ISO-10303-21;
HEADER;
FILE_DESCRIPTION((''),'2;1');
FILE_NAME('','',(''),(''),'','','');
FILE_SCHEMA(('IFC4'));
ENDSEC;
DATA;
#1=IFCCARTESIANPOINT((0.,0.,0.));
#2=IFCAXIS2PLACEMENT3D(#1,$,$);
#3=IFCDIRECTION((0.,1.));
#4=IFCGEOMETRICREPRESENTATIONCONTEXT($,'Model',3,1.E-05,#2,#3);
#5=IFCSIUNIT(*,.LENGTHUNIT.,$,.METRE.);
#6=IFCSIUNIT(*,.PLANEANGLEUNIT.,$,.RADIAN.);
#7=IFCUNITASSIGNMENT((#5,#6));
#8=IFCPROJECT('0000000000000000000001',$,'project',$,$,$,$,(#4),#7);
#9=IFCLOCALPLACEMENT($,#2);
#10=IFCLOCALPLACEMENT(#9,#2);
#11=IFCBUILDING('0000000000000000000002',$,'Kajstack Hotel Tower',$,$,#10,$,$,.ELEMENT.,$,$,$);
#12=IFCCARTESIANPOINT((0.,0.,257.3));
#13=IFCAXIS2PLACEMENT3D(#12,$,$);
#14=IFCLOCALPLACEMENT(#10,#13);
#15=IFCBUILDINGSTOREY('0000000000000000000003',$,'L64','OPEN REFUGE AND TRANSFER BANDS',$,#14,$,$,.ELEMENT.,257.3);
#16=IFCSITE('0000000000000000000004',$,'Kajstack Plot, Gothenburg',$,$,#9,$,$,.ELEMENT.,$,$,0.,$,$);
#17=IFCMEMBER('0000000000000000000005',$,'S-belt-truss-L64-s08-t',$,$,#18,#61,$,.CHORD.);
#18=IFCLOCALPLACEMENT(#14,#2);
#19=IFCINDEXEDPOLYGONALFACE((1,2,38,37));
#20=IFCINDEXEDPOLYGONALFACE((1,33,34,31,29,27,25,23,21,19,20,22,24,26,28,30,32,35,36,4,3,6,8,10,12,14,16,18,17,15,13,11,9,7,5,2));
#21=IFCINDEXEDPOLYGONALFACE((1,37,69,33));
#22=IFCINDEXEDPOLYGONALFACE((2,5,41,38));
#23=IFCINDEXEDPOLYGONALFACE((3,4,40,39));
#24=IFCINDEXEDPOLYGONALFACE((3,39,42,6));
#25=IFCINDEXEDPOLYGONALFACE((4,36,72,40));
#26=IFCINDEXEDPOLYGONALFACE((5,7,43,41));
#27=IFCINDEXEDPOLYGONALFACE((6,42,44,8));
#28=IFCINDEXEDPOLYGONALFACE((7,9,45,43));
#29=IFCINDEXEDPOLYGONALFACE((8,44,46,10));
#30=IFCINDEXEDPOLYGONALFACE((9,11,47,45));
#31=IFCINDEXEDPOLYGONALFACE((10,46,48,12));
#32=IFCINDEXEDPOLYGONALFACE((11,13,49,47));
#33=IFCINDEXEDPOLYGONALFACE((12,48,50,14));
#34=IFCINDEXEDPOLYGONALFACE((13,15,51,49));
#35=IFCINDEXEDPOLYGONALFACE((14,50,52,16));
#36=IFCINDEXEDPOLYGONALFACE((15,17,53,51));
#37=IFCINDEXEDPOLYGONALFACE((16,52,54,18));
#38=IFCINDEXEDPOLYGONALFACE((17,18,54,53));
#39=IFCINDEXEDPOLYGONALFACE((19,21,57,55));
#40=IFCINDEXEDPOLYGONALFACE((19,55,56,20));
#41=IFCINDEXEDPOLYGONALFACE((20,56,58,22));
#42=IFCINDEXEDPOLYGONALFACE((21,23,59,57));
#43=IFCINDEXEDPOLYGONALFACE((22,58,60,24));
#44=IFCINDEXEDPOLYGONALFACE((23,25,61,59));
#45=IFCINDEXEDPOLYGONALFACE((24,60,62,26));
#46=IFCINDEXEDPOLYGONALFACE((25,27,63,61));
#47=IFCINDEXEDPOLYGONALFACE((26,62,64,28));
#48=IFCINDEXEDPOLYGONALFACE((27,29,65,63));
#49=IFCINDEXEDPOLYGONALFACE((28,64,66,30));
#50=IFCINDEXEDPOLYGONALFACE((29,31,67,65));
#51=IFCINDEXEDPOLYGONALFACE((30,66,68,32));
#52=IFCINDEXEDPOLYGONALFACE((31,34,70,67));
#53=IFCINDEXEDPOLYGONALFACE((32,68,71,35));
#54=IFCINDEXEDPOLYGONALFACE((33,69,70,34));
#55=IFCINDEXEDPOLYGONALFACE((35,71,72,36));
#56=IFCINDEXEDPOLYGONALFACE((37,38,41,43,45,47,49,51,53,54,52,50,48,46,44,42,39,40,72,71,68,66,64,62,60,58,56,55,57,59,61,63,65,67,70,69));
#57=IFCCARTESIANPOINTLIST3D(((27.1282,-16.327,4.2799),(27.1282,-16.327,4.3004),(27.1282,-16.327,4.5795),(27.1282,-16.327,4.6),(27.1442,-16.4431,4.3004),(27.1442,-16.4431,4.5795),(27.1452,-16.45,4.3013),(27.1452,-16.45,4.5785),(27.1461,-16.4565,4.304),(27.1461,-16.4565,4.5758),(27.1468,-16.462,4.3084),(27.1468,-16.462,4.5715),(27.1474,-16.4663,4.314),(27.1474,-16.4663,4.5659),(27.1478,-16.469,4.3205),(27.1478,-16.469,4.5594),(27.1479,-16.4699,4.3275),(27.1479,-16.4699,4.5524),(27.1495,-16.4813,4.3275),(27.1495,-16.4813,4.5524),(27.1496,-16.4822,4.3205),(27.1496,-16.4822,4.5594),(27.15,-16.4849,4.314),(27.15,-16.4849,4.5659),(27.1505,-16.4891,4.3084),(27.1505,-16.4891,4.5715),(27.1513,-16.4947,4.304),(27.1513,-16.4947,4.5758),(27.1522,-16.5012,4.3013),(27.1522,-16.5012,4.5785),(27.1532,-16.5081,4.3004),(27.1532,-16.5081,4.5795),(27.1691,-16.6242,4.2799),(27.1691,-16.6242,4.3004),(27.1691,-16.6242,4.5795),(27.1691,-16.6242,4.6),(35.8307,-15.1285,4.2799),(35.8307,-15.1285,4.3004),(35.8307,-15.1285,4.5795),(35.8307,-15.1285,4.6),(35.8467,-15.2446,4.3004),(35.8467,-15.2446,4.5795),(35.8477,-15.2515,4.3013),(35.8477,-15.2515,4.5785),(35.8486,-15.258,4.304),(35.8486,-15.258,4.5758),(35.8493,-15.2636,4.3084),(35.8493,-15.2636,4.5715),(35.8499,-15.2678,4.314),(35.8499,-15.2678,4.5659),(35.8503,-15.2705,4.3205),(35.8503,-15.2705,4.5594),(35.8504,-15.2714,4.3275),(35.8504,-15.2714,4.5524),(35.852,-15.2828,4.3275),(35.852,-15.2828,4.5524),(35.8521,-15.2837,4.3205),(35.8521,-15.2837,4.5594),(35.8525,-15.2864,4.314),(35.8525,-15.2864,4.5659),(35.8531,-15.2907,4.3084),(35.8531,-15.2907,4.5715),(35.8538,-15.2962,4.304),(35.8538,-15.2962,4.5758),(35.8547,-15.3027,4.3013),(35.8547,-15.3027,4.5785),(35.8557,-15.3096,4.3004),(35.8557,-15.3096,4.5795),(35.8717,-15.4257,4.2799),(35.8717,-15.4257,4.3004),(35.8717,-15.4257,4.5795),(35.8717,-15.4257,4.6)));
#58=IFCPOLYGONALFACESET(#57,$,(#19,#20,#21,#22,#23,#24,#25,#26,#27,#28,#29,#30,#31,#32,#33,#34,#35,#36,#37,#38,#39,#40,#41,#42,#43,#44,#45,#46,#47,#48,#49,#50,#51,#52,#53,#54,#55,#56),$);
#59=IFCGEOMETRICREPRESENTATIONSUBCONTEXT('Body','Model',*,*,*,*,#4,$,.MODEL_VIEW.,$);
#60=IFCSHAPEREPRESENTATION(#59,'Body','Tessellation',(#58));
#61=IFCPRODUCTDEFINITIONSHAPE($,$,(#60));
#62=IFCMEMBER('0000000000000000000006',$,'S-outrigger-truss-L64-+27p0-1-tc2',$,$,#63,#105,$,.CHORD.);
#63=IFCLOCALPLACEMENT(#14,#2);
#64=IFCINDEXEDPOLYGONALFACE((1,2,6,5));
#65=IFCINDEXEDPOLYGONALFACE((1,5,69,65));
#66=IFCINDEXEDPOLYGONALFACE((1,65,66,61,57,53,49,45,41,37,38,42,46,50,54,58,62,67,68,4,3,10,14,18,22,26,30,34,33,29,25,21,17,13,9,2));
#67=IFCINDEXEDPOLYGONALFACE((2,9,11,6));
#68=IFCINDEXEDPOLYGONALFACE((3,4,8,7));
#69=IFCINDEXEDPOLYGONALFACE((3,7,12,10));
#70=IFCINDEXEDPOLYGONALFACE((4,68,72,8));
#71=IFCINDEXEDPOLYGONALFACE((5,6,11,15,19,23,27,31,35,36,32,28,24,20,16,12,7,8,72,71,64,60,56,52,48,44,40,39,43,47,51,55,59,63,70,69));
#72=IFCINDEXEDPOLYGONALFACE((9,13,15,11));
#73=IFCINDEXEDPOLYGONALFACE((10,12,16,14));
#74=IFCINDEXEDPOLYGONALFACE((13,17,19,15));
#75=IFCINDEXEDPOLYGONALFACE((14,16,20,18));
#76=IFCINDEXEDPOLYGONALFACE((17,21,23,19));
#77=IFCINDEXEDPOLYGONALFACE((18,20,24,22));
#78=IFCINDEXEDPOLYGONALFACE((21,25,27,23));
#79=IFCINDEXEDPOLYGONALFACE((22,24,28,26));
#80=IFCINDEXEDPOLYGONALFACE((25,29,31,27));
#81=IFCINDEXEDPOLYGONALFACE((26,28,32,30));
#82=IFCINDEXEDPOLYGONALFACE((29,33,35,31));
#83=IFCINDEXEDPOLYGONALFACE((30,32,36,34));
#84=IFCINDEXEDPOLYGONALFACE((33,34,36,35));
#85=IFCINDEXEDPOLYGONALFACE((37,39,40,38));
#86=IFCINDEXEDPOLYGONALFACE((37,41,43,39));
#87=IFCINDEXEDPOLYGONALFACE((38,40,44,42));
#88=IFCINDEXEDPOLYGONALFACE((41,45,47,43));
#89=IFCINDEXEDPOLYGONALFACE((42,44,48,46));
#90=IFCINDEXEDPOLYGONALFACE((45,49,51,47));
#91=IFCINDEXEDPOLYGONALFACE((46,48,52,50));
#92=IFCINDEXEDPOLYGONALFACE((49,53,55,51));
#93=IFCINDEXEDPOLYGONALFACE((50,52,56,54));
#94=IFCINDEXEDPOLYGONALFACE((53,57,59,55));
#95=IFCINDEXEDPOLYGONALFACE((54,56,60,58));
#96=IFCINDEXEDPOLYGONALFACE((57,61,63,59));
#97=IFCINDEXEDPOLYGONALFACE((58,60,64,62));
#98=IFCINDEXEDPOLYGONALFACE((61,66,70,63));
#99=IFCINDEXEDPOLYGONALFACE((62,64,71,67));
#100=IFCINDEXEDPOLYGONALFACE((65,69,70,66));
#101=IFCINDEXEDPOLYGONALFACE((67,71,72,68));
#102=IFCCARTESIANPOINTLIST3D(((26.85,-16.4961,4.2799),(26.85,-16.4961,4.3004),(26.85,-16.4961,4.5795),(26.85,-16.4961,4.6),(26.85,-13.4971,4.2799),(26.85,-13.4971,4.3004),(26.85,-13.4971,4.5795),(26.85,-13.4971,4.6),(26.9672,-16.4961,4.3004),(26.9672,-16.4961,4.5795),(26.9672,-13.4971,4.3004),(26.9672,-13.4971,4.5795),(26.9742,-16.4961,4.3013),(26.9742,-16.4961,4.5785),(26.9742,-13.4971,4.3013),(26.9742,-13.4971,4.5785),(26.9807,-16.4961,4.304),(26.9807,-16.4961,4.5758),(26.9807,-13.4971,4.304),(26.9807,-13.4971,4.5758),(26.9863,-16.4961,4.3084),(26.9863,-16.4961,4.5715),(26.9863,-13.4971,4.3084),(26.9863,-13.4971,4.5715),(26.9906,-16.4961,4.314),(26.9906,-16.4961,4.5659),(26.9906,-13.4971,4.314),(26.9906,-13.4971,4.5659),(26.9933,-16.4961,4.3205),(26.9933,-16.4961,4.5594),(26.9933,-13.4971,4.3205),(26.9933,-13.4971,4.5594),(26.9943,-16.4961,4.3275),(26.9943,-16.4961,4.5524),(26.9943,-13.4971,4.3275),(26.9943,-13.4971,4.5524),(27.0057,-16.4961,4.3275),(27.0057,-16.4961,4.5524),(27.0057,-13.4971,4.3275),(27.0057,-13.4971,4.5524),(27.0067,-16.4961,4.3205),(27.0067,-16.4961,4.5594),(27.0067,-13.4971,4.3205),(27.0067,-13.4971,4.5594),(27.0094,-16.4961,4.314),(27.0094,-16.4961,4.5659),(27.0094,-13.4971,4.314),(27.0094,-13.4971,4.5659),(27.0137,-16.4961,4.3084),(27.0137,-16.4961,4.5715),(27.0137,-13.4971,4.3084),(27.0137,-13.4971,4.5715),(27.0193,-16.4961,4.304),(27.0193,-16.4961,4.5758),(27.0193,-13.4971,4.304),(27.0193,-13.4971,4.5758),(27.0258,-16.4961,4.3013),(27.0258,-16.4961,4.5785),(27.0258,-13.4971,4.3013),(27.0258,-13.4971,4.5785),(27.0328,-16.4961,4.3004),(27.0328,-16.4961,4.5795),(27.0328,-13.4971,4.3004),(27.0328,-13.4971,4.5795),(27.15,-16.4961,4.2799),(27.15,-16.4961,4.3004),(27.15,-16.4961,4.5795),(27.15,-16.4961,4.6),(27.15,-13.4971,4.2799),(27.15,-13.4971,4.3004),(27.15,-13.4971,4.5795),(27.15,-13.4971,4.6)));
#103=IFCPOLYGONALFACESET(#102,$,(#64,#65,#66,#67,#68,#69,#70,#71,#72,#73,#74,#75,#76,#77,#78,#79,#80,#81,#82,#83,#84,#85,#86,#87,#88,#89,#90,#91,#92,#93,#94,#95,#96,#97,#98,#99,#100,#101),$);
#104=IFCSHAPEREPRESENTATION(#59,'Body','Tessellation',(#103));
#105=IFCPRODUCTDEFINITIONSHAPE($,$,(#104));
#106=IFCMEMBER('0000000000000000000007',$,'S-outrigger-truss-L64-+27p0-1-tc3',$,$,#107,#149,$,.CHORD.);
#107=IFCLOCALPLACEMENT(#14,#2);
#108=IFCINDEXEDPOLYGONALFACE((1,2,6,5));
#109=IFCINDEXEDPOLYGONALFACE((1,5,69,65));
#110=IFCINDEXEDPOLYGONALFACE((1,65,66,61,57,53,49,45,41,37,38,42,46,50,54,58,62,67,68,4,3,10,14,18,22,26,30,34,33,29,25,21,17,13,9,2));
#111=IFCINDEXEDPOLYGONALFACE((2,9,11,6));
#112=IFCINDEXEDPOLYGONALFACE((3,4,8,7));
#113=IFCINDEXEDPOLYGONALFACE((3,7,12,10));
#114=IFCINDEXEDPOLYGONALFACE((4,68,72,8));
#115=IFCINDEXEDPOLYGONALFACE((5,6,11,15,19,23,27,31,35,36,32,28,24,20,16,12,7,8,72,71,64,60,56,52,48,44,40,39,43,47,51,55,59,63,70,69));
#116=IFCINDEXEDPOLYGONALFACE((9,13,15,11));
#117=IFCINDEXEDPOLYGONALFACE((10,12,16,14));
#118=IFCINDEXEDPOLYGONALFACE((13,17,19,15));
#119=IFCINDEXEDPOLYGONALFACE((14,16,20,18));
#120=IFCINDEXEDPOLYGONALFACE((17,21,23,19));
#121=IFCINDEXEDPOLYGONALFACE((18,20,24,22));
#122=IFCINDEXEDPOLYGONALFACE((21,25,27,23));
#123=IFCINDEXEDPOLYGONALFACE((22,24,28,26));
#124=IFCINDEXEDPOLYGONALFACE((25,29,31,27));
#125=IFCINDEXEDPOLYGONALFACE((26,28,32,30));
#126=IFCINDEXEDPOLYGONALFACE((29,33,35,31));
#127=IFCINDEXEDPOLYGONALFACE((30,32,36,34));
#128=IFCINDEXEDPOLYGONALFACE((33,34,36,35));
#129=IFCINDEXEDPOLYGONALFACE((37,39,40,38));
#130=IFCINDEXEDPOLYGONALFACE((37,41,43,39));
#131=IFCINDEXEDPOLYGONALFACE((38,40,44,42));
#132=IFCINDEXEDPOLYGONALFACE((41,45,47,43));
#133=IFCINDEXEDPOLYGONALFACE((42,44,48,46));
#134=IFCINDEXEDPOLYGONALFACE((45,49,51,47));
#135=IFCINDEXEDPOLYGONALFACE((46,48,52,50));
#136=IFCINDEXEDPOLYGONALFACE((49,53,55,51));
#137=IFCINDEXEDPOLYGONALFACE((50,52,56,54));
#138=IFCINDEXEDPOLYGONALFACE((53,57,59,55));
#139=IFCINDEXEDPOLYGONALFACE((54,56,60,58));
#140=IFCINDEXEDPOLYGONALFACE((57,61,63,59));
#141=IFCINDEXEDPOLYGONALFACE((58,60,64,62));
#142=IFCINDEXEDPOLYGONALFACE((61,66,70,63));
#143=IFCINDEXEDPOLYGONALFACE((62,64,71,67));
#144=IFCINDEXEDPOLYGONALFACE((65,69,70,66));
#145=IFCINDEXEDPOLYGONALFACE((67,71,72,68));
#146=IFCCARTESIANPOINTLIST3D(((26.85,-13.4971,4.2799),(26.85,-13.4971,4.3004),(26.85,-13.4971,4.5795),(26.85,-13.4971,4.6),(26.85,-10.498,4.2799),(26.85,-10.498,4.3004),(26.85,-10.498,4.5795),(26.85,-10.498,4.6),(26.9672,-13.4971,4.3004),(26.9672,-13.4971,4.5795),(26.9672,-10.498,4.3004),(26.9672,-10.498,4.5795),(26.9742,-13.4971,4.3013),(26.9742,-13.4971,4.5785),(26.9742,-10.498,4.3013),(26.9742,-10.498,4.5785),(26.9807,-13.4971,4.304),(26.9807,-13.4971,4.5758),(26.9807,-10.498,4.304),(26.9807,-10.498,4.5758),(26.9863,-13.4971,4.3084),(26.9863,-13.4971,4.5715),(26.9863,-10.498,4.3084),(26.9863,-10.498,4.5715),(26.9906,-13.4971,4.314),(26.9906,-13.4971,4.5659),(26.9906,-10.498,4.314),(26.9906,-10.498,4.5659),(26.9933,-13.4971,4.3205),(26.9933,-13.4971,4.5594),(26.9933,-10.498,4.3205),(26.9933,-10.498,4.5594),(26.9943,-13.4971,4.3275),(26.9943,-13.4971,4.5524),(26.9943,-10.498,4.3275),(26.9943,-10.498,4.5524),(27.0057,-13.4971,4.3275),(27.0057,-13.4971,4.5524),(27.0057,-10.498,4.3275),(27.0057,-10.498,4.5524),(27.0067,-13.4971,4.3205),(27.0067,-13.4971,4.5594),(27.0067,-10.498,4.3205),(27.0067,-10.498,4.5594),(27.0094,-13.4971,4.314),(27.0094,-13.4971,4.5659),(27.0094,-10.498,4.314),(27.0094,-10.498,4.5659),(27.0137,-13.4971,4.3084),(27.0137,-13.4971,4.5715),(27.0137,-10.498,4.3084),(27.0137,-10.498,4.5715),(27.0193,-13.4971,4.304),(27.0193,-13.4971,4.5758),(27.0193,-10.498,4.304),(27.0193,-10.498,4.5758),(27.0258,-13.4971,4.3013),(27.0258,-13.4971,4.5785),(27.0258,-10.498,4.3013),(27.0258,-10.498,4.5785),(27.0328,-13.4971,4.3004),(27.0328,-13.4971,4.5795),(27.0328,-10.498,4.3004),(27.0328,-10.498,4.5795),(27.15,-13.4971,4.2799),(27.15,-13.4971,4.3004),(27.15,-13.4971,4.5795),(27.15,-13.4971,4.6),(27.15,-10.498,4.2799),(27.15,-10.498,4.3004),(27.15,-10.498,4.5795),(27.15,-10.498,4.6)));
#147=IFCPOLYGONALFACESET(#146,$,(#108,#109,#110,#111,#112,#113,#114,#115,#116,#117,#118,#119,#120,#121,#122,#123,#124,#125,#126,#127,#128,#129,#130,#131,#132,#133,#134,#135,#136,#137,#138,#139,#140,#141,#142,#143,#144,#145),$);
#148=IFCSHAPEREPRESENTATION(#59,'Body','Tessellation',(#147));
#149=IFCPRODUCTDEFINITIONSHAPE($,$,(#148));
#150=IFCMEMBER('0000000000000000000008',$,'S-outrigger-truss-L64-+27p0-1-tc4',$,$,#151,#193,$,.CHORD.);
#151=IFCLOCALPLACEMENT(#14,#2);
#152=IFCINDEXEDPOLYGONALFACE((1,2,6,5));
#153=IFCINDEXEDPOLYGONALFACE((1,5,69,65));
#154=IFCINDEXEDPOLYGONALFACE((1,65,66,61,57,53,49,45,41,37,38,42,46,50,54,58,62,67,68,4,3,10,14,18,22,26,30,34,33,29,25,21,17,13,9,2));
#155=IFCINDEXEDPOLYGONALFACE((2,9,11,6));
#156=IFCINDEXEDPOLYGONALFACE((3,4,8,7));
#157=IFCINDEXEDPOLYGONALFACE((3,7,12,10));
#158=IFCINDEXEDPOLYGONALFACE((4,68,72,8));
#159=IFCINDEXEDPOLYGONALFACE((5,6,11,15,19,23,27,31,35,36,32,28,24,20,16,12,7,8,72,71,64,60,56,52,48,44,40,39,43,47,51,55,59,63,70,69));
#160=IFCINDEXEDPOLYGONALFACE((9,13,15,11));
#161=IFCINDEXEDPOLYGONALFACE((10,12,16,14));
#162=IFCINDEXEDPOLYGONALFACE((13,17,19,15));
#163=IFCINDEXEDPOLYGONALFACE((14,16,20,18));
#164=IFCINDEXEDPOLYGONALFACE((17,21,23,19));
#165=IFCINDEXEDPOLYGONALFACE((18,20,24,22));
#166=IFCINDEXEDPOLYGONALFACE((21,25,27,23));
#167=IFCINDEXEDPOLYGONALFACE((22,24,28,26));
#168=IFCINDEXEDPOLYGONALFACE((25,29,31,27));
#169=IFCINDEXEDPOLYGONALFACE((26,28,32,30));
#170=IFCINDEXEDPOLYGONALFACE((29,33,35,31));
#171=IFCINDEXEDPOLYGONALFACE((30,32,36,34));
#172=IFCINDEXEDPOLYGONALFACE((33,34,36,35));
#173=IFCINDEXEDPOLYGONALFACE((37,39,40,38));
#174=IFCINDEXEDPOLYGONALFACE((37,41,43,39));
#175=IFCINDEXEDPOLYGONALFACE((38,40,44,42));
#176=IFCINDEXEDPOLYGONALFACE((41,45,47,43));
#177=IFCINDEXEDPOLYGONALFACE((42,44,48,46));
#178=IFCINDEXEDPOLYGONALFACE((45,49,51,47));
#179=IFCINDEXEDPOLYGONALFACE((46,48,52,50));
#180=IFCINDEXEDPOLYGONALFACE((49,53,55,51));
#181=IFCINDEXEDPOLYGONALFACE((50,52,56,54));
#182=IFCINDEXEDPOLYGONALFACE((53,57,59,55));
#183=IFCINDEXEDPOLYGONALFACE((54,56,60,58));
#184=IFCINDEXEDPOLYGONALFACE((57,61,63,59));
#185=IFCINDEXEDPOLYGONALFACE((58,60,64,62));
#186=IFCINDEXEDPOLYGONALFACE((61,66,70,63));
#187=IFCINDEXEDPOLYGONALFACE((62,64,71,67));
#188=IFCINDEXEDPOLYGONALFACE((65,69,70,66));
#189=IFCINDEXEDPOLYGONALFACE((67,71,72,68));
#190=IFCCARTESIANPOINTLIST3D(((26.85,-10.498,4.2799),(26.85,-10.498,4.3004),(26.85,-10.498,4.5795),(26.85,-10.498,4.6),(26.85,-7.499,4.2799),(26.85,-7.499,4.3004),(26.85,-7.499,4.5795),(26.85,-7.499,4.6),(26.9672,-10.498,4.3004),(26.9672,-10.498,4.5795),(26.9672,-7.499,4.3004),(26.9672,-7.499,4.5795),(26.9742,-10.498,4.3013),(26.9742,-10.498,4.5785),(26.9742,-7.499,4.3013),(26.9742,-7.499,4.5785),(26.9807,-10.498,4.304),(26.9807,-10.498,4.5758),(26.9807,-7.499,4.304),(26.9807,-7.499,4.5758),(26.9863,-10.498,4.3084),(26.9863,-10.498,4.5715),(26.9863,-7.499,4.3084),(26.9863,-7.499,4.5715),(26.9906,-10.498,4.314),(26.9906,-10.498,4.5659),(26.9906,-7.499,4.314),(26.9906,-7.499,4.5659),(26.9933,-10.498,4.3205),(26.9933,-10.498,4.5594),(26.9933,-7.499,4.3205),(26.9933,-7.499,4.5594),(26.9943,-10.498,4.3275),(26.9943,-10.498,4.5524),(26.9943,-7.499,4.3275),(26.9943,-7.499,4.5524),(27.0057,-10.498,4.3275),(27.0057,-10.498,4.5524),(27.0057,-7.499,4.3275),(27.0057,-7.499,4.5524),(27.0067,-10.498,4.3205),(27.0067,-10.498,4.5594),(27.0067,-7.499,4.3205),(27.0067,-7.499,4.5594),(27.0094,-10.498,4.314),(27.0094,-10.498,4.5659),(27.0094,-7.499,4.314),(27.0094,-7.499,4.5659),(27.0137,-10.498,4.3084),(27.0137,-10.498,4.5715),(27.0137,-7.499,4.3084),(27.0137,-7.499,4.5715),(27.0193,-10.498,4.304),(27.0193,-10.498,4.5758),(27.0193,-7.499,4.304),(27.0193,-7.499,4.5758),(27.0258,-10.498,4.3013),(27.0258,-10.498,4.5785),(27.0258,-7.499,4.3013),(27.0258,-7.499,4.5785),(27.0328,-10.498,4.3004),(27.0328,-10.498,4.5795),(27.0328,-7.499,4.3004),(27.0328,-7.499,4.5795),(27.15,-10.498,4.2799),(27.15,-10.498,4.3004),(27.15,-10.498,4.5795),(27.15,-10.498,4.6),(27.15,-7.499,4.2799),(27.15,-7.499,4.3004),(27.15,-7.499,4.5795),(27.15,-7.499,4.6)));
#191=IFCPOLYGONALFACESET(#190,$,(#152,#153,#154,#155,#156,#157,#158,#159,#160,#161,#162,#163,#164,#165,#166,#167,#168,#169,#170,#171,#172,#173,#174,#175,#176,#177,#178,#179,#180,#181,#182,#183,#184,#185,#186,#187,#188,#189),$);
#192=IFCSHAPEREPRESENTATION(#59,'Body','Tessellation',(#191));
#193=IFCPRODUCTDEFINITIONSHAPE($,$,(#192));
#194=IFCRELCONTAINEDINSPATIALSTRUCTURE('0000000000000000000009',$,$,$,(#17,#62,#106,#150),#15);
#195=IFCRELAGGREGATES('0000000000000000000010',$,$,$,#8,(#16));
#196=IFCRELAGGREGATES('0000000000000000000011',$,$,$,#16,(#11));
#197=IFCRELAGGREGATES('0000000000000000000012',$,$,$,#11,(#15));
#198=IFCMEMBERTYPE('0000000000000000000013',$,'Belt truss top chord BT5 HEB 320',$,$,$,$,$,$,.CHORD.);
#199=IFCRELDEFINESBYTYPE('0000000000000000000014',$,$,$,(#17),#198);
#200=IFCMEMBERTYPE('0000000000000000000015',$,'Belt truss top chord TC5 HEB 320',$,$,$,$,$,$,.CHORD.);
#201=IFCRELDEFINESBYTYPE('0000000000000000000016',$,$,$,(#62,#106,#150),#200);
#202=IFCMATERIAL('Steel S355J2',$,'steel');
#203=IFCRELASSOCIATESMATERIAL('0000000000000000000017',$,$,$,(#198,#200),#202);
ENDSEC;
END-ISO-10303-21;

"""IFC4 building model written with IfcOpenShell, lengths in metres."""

from ifc_helpers import new_model, si_unit, direction, frame, origin, origin_2d, place, context, subcontext, project, spatial, i_section, extrude, material, material_profile, profile_set, type_object, element, save


model = new_model("IFC4")

# Units and contexts
model_context = context("Model", 3, precision=1e-05, world=origin(), true_north=direction((0.0, 1.0)))
body_context = subcontext(model_context, "Body", "Model", "MODEL_VIEW")
ifc_project = project(units=[si_unit("LENGTHUNIT", "METRE"), si_unit("PLANEANGLEUNIT", "RADIAN")], contexts=[model_context])

# Site, building, storey
site_placement = place(None, origin())
site = spatial("IfcSite", under=ifc_project, at=site_placement, Name="Kajstack Plot, Gothenburg", CompositionType="ELEMENT", RefElevation=0.0)
building_placement = place(site_placement, origin())
building = spatial("IfcBuilding", under=site, at=building_placement, Name="Kajstack Hotel Tower", CompositionType="ELEMENT")
storey_placement = place(building_placement, frame((0.0, 0.0, 257.3)))
storey = spatial("IfcBuildingStorey", under=building, at=storey_placement, Name="L64", Description="OPEN REFUGE AND TRANSFER BANDS", CompositionType="ELEMENT", Elevation=257.3)

# Members
ifc_material = material(Name="Steel S355J2", Category="steel")
ifc_material_profile_1 = material_profile(ifc_material, i_section(OverallWidth=0.3, OverallDepth=0.3201, WebThickness=0.0115, FlangeThickness=0.0205, FilletRadius=0.0271, at=origin_2d()), Name="HEB 320")
ifc_profile_set_1 = profile_set([ifc_material_profile_1], Name="Steel S355J2")
member_type_1 = type_object("IfcMemberType", Name="Belt truss top chord BT5 HEB 320", PredefinedType="CHORD", material=ifc_profile_set_1)
member_1_placement = place(storey_placement, frame((27.1487, -16.4756, 4.4399), z_axis=(0.99065, 0.136428, 0.0), x_axis=(-0.136428, 0.99065, 0.0)))
element("IfcMember", 1, at=member_1_placement, inside=storey, type_object=member_type_1, Name="S-belt-truss-L64-s08-t", PredefinedType="CHORD", context=body_context, shape_type="SweptSolid", body=[
    extrude(i_section(OverallWidth=0.3, OverallDepth=0.3201, WebThickness=0.0115, FlangeThickness=0.0205, FilletRadius=0.0271, at=origin_2d()), origin(), (0.0, 0.0, 1.0), 8.7847),
])
ifc_material_profile_2 = material_profile(ifc_material, i_section(OverallWidth=0.3, OverallDepth=0.3201, WebThickness=0.0115, FlangeThickness=0.0205, FilletRadius=0.0271, at=origin_2d()), Name="HEB 320")
ifc_profile_set_2 = profile_set([ifc_material_profile_2], Name="Steel S355J2")
member_type_2 = type_object("IfcMemberType", Name="Belt truss top chord TC5 HEB 320", PredefinedType="CHORD", material=ifc_profile_set_2)
for number, where, z_axis, x_axis, name in (
    (2, (27.0, -16.4961, 4.4399), (0.0, 1.0, 0.0), (-1.0, 0.0, 0.0), "S-outrigger-truss-L64-+27p0-1-tc2"),
    (3, (27.0, -13.4971, 4.4399), (0.0, 1.0, 0.0), (-1.0, 0.0, 0.0), "S-outrigger-truss-L64-+27p0-1-tc3"),
    (4, (27.0, -10.498, 4.4399), (0.0, 1.0, 0.0), (-1.0, 0.0, 0.0), "S-outrigger-truss-L64-+27p0-1-tc4"),
):
    element("IfcMember", number, at=place(storey_placement, frame(where, z_axis=z_axis, x_axis=x_axis)), inside=storey, type_object=member_type_2, Name=name, PredefinedType="CHORD", context=body_context, shape_type="SweptSolid", body=[
        extrude(i_section(OverallWidth=0.3, OverallDepth=0.3201, WebThickness=0.0115, FlangeThickness=0.0205, FilletRadius=0.0271, at=origin_2d()), origin(), (0.0, 0.0, 1.0), 2.999),
    ])

save(model, "model.ifc")
